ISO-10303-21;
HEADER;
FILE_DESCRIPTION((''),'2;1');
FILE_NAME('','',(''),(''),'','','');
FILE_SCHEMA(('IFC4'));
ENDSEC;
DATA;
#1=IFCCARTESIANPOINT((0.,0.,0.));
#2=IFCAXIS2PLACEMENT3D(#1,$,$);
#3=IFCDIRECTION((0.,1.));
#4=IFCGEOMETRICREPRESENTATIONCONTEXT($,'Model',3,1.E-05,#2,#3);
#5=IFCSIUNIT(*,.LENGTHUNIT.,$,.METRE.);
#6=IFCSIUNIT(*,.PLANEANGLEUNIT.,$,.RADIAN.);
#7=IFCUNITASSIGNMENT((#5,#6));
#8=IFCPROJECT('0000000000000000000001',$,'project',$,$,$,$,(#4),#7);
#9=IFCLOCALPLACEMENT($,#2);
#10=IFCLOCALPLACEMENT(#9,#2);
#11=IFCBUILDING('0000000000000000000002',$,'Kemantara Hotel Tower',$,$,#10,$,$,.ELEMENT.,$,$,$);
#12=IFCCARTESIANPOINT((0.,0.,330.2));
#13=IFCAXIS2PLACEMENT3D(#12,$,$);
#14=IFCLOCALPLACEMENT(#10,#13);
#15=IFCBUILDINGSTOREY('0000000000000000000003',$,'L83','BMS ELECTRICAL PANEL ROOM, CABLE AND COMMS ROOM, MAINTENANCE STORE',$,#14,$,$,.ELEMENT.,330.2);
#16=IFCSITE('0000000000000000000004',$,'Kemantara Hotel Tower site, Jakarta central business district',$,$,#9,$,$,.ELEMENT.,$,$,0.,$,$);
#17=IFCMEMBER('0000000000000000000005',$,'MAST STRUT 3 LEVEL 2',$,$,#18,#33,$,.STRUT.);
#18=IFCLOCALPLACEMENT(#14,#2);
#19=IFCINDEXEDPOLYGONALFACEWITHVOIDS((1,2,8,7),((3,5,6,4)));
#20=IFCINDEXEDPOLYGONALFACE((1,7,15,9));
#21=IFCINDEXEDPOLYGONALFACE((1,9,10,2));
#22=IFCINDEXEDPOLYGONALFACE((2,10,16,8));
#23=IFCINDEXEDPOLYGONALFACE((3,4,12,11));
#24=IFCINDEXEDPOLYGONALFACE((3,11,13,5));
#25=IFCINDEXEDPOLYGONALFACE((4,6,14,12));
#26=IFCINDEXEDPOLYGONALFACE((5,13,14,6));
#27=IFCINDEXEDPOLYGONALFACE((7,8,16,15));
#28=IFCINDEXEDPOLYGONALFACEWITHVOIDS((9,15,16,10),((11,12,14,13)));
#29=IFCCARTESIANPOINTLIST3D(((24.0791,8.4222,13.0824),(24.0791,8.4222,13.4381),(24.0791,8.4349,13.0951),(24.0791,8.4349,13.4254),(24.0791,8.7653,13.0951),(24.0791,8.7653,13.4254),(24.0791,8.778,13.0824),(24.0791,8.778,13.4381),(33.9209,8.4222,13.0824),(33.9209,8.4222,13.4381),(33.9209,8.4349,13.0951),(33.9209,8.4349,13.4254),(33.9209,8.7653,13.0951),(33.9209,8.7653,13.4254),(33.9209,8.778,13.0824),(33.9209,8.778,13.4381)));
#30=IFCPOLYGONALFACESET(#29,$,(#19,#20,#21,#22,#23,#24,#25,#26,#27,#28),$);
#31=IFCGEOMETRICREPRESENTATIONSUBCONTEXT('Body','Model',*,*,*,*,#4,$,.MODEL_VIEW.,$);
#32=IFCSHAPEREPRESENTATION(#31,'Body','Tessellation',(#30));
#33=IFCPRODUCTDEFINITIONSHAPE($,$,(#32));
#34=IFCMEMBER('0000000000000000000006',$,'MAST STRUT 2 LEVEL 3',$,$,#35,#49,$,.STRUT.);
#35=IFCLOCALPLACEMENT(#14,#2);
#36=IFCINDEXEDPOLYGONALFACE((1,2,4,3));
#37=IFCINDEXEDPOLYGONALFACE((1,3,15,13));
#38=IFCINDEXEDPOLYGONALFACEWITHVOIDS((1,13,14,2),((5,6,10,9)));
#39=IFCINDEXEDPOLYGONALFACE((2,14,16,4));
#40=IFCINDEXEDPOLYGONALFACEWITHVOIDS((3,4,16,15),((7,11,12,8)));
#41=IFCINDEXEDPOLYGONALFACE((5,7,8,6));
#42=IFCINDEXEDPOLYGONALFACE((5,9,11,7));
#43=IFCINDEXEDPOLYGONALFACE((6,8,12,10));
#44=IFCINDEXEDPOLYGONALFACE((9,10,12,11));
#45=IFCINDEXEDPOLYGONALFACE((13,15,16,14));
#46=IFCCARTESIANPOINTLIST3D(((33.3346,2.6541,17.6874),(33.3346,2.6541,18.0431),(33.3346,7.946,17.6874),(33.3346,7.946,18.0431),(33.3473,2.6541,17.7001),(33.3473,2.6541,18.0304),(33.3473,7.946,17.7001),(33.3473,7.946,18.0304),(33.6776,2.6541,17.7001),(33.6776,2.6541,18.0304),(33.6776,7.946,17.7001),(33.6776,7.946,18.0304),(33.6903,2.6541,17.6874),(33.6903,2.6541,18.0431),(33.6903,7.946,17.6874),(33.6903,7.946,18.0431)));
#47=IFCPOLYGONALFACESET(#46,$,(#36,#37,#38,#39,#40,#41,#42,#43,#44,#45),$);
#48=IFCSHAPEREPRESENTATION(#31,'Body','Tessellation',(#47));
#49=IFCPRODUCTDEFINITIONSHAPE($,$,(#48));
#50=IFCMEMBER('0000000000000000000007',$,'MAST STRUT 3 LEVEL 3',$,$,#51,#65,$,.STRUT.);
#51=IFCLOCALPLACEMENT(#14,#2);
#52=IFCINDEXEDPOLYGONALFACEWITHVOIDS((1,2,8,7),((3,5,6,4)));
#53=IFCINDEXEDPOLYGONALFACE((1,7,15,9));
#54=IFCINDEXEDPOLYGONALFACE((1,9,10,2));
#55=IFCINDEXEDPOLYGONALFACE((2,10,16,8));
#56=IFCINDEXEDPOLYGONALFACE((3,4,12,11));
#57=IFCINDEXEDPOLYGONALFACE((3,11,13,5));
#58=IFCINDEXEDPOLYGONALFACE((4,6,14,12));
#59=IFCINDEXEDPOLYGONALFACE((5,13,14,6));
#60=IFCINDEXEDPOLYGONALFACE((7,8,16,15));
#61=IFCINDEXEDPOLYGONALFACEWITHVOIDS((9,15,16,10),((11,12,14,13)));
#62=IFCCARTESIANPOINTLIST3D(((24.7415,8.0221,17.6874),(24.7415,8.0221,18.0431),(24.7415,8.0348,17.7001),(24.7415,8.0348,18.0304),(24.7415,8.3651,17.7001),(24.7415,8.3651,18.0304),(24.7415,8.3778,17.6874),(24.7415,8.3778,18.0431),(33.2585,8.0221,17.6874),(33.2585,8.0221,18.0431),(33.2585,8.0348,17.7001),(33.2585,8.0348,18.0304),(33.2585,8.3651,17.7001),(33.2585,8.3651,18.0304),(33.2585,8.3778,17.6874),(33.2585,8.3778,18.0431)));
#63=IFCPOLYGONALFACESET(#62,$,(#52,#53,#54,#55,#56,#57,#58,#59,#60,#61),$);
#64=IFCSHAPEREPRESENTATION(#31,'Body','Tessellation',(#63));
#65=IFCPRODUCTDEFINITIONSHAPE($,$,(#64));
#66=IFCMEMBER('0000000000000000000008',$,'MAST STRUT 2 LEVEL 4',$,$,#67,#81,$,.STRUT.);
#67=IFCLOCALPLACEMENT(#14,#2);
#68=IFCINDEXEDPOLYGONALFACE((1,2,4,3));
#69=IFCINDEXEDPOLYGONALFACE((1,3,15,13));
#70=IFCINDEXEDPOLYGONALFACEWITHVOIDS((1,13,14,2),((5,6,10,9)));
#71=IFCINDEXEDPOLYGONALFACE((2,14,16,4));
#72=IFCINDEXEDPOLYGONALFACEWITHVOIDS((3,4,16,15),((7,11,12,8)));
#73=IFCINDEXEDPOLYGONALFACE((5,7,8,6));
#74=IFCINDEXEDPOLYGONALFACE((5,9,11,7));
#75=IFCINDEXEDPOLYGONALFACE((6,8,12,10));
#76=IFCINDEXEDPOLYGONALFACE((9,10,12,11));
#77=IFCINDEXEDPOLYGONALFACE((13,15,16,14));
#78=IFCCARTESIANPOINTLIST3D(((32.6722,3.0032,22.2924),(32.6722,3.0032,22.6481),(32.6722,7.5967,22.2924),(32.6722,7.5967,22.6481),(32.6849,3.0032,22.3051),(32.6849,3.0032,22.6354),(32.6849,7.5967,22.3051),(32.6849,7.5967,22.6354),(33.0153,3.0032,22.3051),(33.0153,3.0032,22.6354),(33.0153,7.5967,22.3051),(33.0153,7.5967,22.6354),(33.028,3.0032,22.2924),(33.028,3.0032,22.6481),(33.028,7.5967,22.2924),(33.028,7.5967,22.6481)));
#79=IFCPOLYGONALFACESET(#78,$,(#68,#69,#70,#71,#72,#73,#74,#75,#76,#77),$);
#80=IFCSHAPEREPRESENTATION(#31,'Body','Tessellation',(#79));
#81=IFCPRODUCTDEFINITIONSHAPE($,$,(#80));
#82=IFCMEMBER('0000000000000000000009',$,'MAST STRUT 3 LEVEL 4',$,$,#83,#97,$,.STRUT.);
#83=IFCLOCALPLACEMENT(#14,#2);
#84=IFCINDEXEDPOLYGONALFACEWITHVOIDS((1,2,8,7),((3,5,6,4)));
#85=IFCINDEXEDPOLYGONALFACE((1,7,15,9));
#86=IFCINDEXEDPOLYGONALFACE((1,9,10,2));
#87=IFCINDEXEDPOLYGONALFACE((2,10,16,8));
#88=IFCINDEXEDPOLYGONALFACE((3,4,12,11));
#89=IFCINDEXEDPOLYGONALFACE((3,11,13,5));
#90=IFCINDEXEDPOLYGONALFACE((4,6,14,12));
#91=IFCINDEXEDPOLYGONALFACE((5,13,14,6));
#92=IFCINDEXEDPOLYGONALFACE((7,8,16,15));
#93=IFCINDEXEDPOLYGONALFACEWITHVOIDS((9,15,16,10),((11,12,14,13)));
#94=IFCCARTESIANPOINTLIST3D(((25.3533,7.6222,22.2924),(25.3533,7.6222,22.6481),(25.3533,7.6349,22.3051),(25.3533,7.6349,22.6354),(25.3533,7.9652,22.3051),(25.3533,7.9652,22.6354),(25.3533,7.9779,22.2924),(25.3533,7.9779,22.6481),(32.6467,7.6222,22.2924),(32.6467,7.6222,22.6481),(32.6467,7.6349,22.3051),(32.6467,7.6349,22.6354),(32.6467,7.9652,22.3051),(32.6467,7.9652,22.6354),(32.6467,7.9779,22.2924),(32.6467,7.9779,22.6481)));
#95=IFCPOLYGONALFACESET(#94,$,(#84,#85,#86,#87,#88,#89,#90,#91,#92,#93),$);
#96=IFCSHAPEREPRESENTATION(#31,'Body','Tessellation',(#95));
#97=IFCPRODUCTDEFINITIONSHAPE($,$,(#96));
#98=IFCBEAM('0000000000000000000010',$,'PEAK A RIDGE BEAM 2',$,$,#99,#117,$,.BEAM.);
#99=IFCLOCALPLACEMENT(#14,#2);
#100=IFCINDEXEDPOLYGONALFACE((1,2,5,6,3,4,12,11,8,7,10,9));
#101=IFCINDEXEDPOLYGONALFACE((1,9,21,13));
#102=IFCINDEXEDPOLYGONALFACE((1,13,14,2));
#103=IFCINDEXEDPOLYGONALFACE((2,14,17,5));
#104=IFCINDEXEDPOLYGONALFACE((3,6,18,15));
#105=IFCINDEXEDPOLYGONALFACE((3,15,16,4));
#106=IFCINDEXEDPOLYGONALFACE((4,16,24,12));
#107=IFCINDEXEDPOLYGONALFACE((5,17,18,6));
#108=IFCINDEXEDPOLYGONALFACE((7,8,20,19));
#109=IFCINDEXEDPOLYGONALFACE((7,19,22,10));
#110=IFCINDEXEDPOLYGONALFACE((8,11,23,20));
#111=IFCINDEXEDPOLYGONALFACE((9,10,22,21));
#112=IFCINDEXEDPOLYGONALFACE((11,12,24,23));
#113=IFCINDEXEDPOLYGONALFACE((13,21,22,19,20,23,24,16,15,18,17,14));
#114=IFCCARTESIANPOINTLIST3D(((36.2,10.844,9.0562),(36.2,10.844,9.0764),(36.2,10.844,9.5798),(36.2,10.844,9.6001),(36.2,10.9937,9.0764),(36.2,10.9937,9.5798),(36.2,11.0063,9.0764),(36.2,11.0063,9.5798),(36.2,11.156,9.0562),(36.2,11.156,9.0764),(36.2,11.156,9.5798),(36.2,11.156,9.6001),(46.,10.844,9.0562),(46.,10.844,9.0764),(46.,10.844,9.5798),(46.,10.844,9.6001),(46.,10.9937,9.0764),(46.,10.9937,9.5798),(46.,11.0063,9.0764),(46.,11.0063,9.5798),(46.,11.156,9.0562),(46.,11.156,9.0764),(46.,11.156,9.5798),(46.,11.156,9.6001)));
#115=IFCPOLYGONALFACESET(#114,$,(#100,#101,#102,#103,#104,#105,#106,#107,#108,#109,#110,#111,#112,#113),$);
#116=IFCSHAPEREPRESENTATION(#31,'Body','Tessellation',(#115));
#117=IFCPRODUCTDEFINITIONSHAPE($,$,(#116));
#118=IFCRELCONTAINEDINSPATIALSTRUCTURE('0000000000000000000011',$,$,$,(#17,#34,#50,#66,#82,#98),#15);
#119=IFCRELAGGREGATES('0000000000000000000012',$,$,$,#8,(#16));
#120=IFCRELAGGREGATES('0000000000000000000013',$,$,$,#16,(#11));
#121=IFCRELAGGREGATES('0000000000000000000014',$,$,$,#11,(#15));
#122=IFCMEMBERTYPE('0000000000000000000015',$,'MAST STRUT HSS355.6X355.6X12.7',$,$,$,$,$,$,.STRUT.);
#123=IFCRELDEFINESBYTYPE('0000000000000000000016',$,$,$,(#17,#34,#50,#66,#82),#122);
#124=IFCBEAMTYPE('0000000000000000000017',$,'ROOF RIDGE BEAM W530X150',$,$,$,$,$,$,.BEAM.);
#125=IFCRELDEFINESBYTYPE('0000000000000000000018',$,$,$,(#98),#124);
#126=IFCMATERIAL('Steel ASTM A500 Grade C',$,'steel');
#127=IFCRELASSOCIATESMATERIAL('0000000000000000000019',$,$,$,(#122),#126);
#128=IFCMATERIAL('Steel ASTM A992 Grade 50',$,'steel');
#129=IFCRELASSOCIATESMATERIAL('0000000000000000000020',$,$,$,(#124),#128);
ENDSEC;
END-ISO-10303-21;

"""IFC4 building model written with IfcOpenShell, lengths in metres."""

from ifc_helpers import new_model, si_unit, direction, frame, origin, origin_2d, place, context, subcontext, project, spatial, hollow_rectangle, i_section, extrude, material, material_profile, profile_set, type_object, element, save


model = new_model("IFC4")

# Units and contexts
model_context = context("Model", 3, precision=1e-05, world=origin(), true_north=direction((0.0, 1.0)))
body_context = subcontext(model_context, "Body", "Model", "MODEL_VIEW")
ifc_project = project(units=[si_unit("LENGTHUNIT", "METRE"), si_unit("PLANEANGLEUNIT", "RADIAN")], contexts=[model_context])

# Site, building, storey
site_placement = place(None, origin())
site = spatial("IfcSite", under=ifc_project, at=site_placement, Name="Kemantara Hotel Tower site, Jakarta central business district", CompositionType="ELEMENT", RefElevation=0.0)
building_placement = place(site_placement, origin())
building = spatial("IfcBuilding", under=site, at=building_placement, Name="Kemantara Hotel Tower", CompositionType="ELEMENT")
storey_placement = place(building_placement, frame((0.0, 0.0, 330.2)))
storey = spatial("IfcBuildingStorey", under=building, at=storey_placement, Name="L83", Description="BMS ELECTRICAL PANEL ROOM, CABLE AND COMMS ROOM, MAINTENANCE STORE", CompositionType="ELEMENT", Elevation=330.2)

# Members
ifc_material_1 = material(Name="Steel ASTM A500 Grade C", Category="steel")
ifc_material_profile_1 = material_profile(ifc_material_1, hollow_rectangle(XDim=0.3557, YDim=0.3557, WallThickness=0.0127, at=origin_2d()), Name="HSS355.6X355.6X12.7")
ifc_profile_set_1 = profile_set([ifc_material_profile_1], Name="Steel ASTM A500 Grade C")
member_type_1 = type_object("IfcMemberType", Name="MAST STRUT HSS355.6X355.6X12.7", PredefinedType="STRUT", material=ifc_profile_set_1)
member_1_placement = place(storey_placement, frame((33.9209, 8.6001, 13.2603), z_axis=(-1.0, 0.0, 0.0), x_axis=(0.0, -1.0, 0.0)))
element("IfcMember", 1, at=member_1_placement, inside=storey, type_object=member_type_1, Name="MAST STRUT 3 LEVEL 2", PredefinedType="STRUT", context=body_context, shape_type="SweptSolid", body=[
    extrude(hollow_rectangle(XDim=0.3557, YDim=0.3557, WallThickness=0.0127, at=origin_2d()), origin(), (0.0, 0.0, 1.0), 9.8418),
])
member_2_placement = place(storey_placement, frame((33.5125, 2.6541, 17.8652), z_axis=(0.0, 1.0, 0.0), x_axis=(-1.0, 0.0, 0.0)))
element("IfcMember", 2, at=member_2_placement, inside=storey, type_object=member_type_1, Name="MAST STRUT 2 LEVEL 3", PredefinedType="STRUT", context=body_context, shape_type="SweptSolid", body=[
    extrude(hollow_rectangle(XDim=0.3557, YDim=0.3557, WallThickness=0.0127, at=origin_2d()), origin(), (0.0, 0.0, 1.0), 5.292),
])
member_3_placement = place(storey_placement, frame((33.2585, 8.2, 17.8652), z_axis=(-1.0, 0.0, 0.0), x_axis=(0.0, -1.0, 0.0)))
element("IfcMember", 3, at=member_3_placement, inside=storey, type_object=member_type_1, Name="MAST STRUT 3 LEVEL 3", PredefinedType="STRUT", context=body_context, shape_type="SweptSolid", body=[
    extrude(hollow_rectangle(XDim=0.3557, YDim=0.3557, WallThickness=0.0127, at=origin_2d()), origin(), (0.0, 0.0, 1.0), 8.5171),
])
member_4_placement = place(storey_placement, frame((32.8501, 3.0032, 22.4702), z_axis=(0.0, 1.0, 0.0), x_axis=(-1.0, 0.0, 0.0)))
element("IfcMember", 4, at=member_4_placement, inside=storey, type_object=member_type_1, Name="MAST STRUT 2 LEVEL 4", PredefinedType="STRUT", context=body_context, shape_type="SweptSolid", body=[
    extrude(hollow_rectangle(XDim=0.3557, YDim=0.3557, WallThickness=0.0127, at=origin_2d()), origin(), (0.0, 0.0, 1.0), 4.5935),
])
member_5_placement = place(storey_placement, frame((32.6467, 7.8, 22.4702), z_axis=(-1.0, 0.0, 0.0), x_axis=(0.0, -1.0, 0.0)))
element("IfcMember", 5, at=member_5_placement, inside=storey, type_object=member_type_1, Name="MAST STRUT 3 LEVEL 4", PredefinedType="STRUT", context=body_context, shape_type="SweptSolid", body=[
    extrude(hollow_rectangle(XDim=0.3557, YDim=0.3557, WallThickness=0.0127, at=origin_2d()), origin(), (0.0, 0.0, 1.0), 7.2935),
])

# Beam
ifc_material_2 = material(Name="Steel ASTM A992 Grade 50", Category="steel")
ifc_material_profile_2 = material_profile(ifc_material_2, i_section(OverallWidth=0.312, OverallDepth=0.5439, WebThickness=0.0127, FlangeThickness=0.0203, at=origin_2d()), Name="W530X150")
ifc_profile_set_2 = profile_set([ifc_material_profile_2], Name="Steel ASTM A992 Grade 50")
beam_type = type_object("IfcBeamType", Name="ROOF RIDGE BEAM W530X150", PredefinedType="BEAM", material=ifc_profile_set_2)
beam_placement = place(storey_placement, frame((36.2, 11.0, 9.3281), z_axis=(1.0, 0.0, 0.0), x_axis=(0.0, 1.0, 0.0)))
element("IfcBeam", 6, at=beam_placement, inside=storey, type_object=beam_type, Name="PEAK A RIDGE BEAM 2", PredefinedType="BEAM", context=body_context, shape_type="SweptSolid", body=[
    extrude(i_section(OverallWidth=0.312, OverallDepth=0.5439, WebThickness=0.0127, FlangeThickness=0.0203, at=origin_2d()), origin(), (0.0, 0.0, 1.0), 9.8),
])

save(model, "model.ifc")
